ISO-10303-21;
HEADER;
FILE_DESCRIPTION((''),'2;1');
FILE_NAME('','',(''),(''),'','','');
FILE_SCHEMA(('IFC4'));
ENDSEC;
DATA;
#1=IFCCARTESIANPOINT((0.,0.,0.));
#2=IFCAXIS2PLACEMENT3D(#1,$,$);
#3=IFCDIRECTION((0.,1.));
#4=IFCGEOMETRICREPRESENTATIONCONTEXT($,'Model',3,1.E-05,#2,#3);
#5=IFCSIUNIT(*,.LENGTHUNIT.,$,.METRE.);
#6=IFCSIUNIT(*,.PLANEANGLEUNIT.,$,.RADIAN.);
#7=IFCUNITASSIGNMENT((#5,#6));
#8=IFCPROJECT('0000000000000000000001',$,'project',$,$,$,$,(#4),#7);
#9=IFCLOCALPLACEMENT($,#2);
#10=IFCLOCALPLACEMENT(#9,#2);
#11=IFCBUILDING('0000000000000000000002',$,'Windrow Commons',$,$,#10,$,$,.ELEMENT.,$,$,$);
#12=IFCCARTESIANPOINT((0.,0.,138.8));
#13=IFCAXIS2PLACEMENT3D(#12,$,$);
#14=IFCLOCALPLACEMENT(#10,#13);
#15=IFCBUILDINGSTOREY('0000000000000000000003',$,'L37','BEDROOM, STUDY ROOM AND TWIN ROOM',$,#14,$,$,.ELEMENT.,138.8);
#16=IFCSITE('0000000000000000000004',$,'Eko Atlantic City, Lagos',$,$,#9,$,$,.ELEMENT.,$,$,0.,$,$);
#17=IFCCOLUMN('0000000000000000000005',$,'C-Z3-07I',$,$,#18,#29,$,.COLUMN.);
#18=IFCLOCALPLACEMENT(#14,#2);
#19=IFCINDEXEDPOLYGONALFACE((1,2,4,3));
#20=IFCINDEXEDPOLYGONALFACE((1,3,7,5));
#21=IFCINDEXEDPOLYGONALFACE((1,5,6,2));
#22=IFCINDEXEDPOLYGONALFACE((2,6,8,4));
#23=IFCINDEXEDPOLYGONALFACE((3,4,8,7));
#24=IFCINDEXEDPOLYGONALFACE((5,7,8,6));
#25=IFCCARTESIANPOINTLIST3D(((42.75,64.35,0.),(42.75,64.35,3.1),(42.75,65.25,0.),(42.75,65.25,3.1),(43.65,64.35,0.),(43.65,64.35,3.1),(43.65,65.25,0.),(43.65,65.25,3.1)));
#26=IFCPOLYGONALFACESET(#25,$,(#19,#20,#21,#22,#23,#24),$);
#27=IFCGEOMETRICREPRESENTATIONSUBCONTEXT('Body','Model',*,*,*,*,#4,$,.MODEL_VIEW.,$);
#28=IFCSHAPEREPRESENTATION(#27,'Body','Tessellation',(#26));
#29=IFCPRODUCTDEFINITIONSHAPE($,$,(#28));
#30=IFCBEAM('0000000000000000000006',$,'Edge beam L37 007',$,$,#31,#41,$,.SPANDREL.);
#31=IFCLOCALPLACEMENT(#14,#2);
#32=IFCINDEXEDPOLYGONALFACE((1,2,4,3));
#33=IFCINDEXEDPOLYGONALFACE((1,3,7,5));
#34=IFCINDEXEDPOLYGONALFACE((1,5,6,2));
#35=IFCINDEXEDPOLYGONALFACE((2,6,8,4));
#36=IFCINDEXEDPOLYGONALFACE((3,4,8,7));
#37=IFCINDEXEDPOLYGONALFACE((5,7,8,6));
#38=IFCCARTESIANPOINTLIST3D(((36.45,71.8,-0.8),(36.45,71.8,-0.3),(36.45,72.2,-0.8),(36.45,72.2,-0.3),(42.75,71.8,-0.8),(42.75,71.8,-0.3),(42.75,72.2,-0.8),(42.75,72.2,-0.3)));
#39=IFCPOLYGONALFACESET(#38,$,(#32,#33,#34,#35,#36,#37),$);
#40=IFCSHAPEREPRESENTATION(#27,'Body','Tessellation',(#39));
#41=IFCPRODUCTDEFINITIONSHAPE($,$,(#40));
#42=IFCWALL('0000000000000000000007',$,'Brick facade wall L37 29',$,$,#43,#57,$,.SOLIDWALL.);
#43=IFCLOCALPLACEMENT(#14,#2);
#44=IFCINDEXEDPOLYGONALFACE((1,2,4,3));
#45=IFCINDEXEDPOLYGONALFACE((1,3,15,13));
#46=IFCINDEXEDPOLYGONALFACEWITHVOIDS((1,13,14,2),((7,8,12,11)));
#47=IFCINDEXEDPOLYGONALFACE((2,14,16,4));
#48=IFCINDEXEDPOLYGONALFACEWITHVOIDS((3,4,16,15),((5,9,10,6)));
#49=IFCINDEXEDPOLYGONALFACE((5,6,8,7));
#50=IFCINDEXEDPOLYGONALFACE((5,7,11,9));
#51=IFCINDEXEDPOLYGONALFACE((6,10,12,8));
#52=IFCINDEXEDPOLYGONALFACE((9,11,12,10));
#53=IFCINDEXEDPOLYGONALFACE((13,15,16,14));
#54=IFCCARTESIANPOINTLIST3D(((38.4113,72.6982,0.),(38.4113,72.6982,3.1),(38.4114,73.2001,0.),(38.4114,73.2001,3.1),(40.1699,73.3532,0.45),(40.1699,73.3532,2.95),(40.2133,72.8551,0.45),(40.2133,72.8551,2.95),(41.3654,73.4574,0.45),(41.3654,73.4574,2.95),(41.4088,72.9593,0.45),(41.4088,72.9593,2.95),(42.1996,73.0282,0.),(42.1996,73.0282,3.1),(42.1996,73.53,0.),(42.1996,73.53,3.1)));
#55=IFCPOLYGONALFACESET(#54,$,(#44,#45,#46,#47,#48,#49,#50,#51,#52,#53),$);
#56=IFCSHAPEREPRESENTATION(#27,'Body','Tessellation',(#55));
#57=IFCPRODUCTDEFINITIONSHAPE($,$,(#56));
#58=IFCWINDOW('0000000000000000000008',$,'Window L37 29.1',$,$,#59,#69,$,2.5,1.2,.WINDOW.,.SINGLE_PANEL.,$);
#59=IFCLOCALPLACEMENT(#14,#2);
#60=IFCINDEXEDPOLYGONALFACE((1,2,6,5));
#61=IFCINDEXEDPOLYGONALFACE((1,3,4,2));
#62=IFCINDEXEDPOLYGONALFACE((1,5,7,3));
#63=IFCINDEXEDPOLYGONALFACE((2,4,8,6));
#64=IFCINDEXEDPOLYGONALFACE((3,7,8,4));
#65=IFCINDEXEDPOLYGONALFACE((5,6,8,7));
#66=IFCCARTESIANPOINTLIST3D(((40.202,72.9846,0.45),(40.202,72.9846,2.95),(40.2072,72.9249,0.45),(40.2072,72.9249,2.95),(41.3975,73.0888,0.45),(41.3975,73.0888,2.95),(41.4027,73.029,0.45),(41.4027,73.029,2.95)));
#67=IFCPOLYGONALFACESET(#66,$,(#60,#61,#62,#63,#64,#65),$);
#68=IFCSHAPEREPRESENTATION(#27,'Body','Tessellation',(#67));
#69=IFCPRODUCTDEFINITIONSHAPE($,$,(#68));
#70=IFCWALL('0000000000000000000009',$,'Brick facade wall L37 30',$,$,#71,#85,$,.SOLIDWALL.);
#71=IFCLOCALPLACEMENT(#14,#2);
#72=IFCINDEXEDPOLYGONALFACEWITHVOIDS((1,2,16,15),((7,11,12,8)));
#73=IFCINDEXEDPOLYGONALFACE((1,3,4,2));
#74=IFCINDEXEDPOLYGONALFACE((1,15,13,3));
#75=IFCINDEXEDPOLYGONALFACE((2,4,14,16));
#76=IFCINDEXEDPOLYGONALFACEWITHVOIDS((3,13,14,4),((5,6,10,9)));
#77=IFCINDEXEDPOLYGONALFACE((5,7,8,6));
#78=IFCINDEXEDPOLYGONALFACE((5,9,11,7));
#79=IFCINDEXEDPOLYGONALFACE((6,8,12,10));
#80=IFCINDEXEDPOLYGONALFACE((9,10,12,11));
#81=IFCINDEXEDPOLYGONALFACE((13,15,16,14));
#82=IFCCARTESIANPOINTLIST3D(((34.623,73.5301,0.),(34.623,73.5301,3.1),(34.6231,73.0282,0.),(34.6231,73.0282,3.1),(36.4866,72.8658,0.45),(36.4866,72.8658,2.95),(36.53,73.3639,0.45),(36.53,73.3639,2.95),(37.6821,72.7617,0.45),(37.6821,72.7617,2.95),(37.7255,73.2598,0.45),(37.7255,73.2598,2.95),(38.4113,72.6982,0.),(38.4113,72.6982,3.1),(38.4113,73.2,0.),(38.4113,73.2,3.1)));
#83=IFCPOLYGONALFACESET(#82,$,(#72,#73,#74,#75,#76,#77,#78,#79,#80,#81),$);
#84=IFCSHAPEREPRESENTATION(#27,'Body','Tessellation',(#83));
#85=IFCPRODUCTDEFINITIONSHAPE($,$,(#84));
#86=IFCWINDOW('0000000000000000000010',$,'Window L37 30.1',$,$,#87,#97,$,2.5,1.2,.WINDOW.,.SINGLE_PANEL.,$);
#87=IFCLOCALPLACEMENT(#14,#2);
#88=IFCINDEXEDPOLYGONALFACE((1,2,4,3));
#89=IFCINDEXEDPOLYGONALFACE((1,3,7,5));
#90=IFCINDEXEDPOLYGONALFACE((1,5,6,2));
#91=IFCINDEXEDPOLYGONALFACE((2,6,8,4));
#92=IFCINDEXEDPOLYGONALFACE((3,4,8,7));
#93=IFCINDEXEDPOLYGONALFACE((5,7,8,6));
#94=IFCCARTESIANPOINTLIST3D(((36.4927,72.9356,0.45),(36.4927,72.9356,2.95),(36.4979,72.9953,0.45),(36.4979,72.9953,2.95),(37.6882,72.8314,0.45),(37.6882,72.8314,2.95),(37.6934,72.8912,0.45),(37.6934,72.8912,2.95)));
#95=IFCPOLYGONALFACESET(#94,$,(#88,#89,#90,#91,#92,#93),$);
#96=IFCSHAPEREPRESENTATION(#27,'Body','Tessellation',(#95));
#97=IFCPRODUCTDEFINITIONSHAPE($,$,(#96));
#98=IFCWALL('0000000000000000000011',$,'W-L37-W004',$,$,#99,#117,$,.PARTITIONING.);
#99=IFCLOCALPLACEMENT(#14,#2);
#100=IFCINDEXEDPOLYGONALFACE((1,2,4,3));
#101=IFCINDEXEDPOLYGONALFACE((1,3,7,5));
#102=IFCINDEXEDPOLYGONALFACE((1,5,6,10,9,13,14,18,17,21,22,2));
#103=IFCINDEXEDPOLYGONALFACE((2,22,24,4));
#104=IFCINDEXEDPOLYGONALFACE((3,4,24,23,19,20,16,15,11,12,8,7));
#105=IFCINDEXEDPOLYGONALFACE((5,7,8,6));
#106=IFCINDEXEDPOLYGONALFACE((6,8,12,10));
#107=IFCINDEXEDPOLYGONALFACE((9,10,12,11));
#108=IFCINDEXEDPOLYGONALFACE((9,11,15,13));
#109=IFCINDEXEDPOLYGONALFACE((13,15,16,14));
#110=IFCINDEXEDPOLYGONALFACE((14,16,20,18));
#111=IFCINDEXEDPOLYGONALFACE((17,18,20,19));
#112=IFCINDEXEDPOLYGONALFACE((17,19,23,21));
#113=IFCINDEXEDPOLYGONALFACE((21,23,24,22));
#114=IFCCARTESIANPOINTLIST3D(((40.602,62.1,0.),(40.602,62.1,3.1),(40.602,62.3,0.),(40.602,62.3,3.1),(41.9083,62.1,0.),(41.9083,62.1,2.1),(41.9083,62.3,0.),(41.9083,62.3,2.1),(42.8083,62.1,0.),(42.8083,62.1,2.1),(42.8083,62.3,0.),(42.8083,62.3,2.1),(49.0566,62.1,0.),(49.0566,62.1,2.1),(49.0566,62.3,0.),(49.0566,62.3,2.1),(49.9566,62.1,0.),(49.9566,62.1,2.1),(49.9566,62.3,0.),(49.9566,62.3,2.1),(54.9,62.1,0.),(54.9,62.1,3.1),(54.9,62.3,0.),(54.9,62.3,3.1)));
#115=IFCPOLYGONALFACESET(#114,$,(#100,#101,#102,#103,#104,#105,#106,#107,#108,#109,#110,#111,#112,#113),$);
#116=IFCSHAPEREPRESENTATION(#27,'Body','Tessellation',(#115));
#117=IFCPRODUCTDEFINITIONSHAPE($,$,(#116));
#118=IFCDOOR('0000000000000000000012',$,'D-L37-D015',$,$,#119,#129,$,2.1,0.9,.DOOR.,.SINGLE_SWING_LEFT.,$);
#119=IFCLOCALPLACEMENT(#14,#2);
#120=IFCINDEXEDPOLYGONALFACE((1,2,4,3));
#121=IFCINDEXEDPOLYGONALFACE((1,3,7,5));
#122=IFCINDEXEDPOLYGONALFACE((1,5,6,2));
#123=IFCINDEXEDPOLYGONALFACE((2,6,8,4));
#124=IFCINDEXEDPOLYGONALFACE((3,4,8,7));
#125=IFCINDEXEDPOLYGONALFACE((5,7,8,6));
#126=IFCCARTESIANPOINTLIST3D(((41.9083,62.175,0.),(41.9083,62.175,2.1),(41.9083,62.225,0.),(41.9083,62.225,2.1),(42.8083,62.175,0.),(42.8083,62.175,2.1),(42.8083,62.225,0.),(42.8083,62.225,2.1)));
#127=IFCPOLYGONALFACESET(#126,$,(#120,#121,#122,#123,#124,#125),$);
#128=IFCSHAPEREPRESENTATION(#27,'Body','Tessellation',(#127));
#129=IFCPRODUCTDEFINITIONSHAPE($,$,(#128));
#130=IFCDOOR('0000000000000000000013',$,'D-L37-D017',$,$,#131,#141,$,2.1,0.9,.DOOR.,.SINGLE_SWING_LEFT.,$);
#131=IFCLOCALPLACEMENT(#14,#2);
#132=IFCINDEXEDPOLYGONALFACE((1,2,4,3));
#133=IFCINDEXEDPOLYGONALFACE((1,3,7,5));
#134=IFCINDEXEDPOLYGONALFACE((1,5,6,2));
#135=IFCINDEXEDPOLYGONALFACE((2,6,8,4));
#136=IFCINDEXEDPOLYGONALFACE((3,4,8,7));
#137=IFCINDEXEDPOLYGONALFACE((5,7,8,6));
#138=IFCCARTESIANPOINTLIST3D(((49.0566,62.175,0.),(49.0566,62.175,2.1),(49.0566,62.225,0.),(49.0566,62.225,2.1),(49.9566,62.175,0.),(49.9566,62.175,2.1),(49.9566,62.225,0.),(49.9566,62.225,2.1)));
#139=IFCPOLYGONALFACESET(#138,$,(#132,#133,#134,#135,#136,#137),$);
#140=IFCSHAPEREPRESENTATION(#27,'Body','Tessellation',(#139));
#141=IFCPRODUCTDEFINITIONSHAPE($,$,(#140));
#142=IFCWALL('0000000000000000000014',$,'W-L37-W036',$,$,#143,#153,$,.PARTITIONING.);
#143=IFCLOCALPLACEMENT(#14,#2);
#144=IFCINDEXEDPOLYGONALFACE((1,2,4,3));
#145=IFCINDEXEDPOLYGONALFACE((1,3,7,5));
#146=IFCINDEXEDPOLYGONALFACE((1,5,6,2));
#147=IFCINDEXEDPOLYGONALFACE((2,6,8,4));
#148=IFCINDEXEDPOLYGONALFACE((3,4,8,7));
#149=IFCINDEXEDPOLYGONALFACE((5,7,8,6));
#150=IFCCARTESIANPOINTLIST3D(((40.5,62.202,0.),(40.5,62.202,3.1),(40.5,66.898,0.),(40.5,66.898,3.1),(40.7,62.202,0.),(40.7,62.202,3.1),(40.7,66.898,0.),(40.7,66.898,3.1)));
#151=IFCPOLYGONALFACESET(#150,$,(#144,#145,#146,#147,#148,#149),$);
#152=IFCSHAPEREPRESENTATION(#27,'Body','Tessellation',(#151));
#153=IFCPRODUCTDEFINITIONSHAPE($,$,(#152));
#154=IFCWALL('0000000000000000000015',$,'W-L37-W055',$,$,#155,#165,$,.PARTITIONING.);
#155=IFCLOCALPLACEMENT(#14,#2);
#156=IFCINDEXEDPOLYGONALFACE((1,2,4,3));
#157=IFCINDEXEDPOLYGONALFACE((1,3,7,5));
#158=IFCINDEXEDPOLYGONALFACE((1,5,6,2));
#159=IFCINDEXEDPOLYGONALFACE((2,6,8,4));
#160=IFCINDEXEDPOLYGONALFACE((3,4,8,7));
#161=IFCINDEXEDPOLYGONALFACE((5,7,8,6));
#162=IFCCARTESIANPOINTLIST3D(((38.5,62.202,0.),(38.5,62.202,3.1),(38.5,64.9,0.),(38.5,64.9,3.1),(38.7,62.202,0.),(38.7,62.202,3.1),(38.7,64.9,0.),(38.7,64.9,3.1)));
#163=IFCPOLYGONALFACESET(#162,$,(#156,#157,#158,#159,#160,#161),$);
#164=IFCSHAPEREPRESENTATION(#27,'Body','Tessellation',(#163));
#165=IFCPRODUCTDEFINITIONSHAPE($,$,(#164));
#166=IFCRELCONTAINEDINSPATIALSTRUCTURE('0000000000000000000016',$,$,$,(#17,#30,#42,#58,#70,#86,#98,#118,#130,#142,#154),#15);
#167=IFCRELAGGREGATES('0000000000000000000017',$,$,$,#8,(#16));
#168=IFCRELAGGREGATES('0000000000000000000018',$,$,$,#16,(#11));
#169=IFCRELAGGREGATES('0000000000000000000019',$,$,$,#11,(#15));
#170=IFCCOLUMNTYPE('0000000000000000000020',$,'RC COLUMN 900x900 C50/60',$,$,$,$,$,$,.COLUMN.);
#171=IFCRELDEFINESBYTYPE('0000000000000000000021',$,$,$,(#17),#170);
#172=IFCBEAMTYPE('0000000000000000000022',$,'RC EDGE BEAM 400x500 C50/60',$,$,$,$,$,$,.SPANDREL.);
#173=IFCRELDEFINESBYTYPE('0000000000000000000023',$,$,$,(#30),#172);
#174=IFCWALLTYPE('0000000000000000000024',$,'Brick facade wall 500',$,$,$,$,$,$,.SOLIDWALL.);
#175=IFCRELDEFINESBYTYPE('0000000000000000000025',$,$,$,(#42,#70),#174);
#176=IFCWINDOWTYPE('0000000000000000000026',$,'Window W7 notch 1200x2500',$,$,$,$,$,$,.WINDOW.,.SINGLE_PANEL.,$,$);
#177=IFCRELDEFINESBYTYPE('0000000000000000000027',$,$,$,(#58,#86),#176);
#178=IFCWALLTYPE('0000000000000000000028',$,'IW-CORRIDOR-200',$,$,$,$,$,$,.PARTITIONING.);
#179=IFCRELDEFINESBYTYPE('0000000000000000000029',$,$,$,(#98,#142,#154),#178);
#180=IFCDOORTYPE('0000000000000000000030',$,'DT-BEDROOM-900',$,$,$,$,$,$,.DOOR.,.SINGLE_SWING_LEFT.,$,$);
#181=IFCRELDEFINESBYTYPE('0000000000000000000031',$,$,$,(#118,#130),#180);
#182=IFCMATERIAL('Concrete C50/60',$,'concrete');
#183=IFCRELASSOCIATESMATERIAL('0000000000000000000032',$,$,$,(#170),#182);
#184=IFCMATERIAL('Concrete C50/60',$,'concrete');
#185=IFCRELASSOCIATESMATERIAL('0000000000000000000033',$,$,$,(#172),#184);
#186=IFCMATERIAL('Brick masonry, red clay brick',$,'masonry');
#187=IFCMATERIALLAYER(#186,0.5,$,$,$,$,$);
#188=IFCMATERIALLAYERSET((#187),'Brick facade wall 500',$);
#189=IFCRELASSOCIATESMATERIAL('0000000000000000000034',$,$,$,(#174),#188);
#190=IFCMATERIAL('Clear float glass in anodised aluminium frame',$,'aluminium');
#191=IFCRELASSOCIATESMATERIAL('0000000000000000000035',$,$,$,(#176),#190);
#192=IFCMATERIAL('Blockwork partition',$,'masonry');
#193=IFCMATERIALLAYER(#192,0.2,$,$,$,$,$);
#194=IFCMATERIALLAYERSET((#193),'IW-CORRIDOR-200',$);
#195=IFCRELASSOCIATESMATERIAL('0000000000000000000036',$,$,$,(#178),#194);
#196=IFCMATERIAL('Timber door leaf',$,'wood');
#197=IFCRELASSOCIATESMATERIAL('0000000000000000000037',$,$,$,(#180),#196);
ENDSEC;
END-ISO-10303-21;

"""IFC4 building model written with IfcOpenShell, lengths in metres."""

from ifc_helpers import new_model, si_unit, direction, frame, frame_2d, origin, origin_2d, place, context, subcontext, project, spatial, polyline, rectangle, outline, extrude, material, layer, layer_set, material_profile, profile_set, type_object, element, fill, save


model = new_model("IFC4")

# Units and contexts
model_context = context("Model", 3, precision=1e-05, world=origin(), true_north=direction((0.0, 1.0)))
body_context = subcontext(model_context, "Body", "Model", "MODEL_VIEW")
ifc_project = project(units=[si_unit("LENGTHUNIT", "METRE"), si_unit("PLANEANGLEUNIT", "RADIAN")], contexts=[model_context])

# Site, building, storey
site_placement = place(None, origin())
site = spatial("IfcSite", under=ifc_project, at=site_placement, Name="Eko Atlantic City, Lagos", CompositionType="ELEMENT", RefElevation=0.0)
building_placement = place(site_placement, origin())
building = spatial("IfcBuilding", under=site, at=building_placement, Name="Windrow Commons", CompositionType="ELEMENT")
storey_placement = place(building_placement, frame((0.0, 0.0, 138.8)))
storey = spatial("IfcBuildingStorey", under=building, at=storey_placement, Name="L37", Description="BEDROOM, STUDY ROOM AND TWIN ROOM", CompositionType="ELEMENT", Elevation=138.8)

# Column
ifc_material_1 = material(Name="Concrete C50/60", Category="concrete")
ifc_material_profile_1 = material_profile(ifc_material_1, rectangle(XDim=0.9, YDim=0.9, at=origin_2d()))
ifc_profile_set_1 = profile_set([ifc_material_profile_1], Name="Concrete C50/60")
column_type = type_object("IfcColumnType", Name="RC COLUMN 900x900 C50/60", PredefinedType="COLUMN", material=ifc_profile_set_1)
column_placement = place(storey_placement, frame((43.2, 64.8, 0.0), z_axis=(0.0, 0.0, 1.0), x_axis=(1.0, 0.0, 0.0)))
element("IfcColumn", 1, at=column_placement, inside=storey, type_object=column_type, Name="C-Z3-07I", PredefinedType="COLUMN", context=body_context, shape_type="SweptSolid", body=[
    extrude(rectangle(XDim=0.9, YDim=0.9, at=origin_2d()), origin(), (0.0, 0.0, 1.0), 3.1),
])

# Beam
ifc_material_2 = material(Name="Concrete C50/60", Category="concrete")
ifc_material_profile_2 = material_profile(ifc_material_2, rectangle(XDim=0.4, YDim=0.5, at=origin_2d()))
ifc_profile_set_2 = profile_set([ifc_material_profile_2], Name="Concrete C50/60")
beam_type = type_object("IfcBeamType", Name="RC EDGE BEAM 400x500 C50/60", PredefinedType="SPANDREL", material=ifc_profile_set_2)
beam_placement = place(storey_placement, frame((36.45, 72.0, -0.55), z_axis=(1.0, 0.0, 0.0), x_axis=(0.0, 1.0, 0.0)))
element("IfcBeam", 2, at=beam_placement, inside=storey, type_object=beam_type, Name="Edge beam L37 007", PredefinedType="SPANDREL", context=body_context, shape_type="SweptSolid", body=[
    extrude(rectangle(XDim=0.4, YDim=0.5, at=origin_2d()), origin(), (0.0, 0.0, 1.0), 6.3),
])

# Walls, openings, windows
ifc_material_3 = material(Name="Brick masonry, red clay brick", Category="masonry")
ifc_layer_1 = layer(ifc_material_3, 0.5)
ifc_layer_set_1 = layer_set([ifc_layer_1], Name="Brick facade wall 500")
wall_type_1 = type_object("IfcWallType", Name="Brick facade wall 500", PredefinedType="SOLIDWALL", material=ifc_layer_set_1)
wall_1_placement = place(storey_placement, frame((42.1996, 73.2791, 0.0), z_axis=(0.0, 0.0, 1.0), x_axis=(-0.996227, -0.086782, 0.0)))
wall_1 = element("IfcWall", 3, at=wall_1_placement, inside=storey, type_object=wall_type_1, Name="Brick facade wall L37 29", PredefinedType="SOLIDWALL", context=body_context, shape_type="SweptSolid", body=[
    extrude(outline(polyline([(-0.0218, -0.25), (3.7808, -0.25), (3.8244, 0.25), (0.0218, 0.25), (-0.0218, -0.25)])), origin(), (0.0, 0.0, 1.0), 3.1),
])
opening_1_placement = place(wall_1_placement, frame((0.8156, 0.0, 0.45)))
opening_1 = element("IfcOpeningElement", 4, at=opening_1_placement, cuts=wall_1, PredefinedType="OPENING", context=body_context, shape_type="SweptSolid", body=[
    extrude(rectangle(XDim=1.2, YDim=2.5, at=frame_2d((0.6, 1.25))), frame((0.0, 0.26, 0.0), z_axis=(0.0, -1.0, 0.0), x_axis=(1.0, 0.0, 0.0)), (0.0, 0.0, 1.0), 0.52),
])
ifc_material_4 = material(Name="Clear float glass in anodised aluminium frame", Category="aluminium")
window_type = type_object("IfcWindowType", Name="Window W7 notch 1200x2500", PartitioningType="SINGLE_PANEL", PredefinedType="WINDOW", material=ifc_material_4)
window_1_placement = place(opening_1_placement, origin())
window_1 = element("IfcWindow", 5, at=window_1_placement, inside=storey, type_object=window_type, Name="Window L37 29.1", OverallHeight=2.5, OverallWidth=1.2, PartitioningType="SINGLE_PANEL", PredefinedType="WINDOW", context=body_context, shape_type="SweptSolid", body=[
    extrude(rectangle(XDim=1.2, YDim=2.5, at=frame_2d((0.6, 1.25))), frame((0.0, 0.18, 0.0), z_axis=(0.0, -1.0, 0.0), x_axis=(1.0, 0.0, 0.0)), (0.0, 0.0, 1.0), 0.06),
])
fill(opening_1, window_1)
wall_2_placement = place(storey_placement, frame((38.4113, 72.9491, 0.0), z_axis=(0.0, 0.0, 1.0), x_axis=(-0.996227, 0.086784, 0.0)))
wall_2 = element("IfcWall", 6, at=wall_2_placement, inside=storey, type_object=wall_type_1, Name="Brick facade wall L37 30", PredefinedType="SOLIDWALL", context=body_context, shape_type="SweptSolid", body=[
    extrude(outline(polyline([(0.0218, -0.25), (3.8244, -0.25), (3.7808, 0.25), (-0.0218, 0.25), (0.0218, -0.25)])), origin(), (0.0, 0.0, 1.0), 3.1),
])
opening_2_placement = place(wall_2_placement, frame((0.7102, 0.0, 0.45)))
opening_2 = element("IfcOpeningElement", 7, at=opening_2_placement, cuts=wall_2, PredefinedType="OPENING", context=body_context, shape_type="SweptSolid", body=[
    extrude(rectangle(XDim=1.2, YDim=2.5, at=frame_2d((0.6, 1.25))), frame((0.0, 0.26, 0.0), z_axis=(0.0, -1.0, 0.0), x_axis=(1.0, 0.0, 0.0)), (0.0, 0.0, 1.0), 0.52),
])
window_2_placement = place(opening_2_placement, origin())
window_2 = element("IfcWindow", 8, at=window_2_placement, inside=storey, type_object=window_type, Name="Window L37 30.1", OverallHeight=2.5, OverallWidth=1.2, PartitioningType="SINGLE_PANEL", PredefinedType="WINDOW", context=body_context, shape_type="SweptSolid", body=[
    extrude(rectangle(XDim=1.2, YDim=2.5, at=frame_2d((0.6, 1.25))), frame((0.0, 0.18, 0.0), z_axis=(0.0, -1.0, 0.0), x_axis=(1.0, 0.0, 0.0)), (0.0, 0.0, 1.0), 0.06),
])
fill(opening_2, window_2)

# Wall, openings, doors
ifc_material_5 = material(Name="Blockwork partition", Category="masonry")
ifc_layer_2 = layer(ifc_material_5, 0.2)
ifc_layer_set_2 = layer_set([ifc_layer_2], Name="IW-CORRIDOR-200")
wall_type_2 = type_object("IfcWallType", Name="IW-CORRIDOR-200", PredefinedType="PARTITIONING", material=ifc_layer_set_2)
wall_3_placement = place(storey_placement, frame((40.602, 62.2, 0.0), z_axis=(0.0, 0.0, 1.0), x_axis=(1.0, 0.0, 0.0)))
wall_3 = element("IfcWall", 9, at=wall_3_placement, inside=storey, type_object=wall_type_2, Name="W-L37-W004", PredefinedType="PARTITIONING", context=body_context, shape_type="SweptSolid", body=[
    extrude(rectangle(XDim=14.298, YDim=0.2, at=frame_2d((7.149, 0.0))), origin(), (0.0, 0.0, 1.0), 3.1),
])
opening_3_placement = place(wall_3_placement, frame((1.3063, 0.0, 0.0)))
opening_3 = element("IfcOpeningElement", 10, at=opening_3_placement, cuts=wall_3, PredefinedType="OPENING", context=body_context, shape_type="SweptSolid", body=[
    extrude(rectangle(XDim=0.9, YDim=2.1, at=frame_2d((0.45, 1.05))), frame((0.0, 0.11, 0.0), z_axis=(0.0, -1.0, 0.0), x_axis=(1.0, 0.0, 0.0)), (0.0, 0.0, 1.0), 0.22),
])
opening_4_placement = place(wall_3_placement, frame((8.4546, 0.0, 0.0)))
opening_4 = element("IfcOpeningElement", 11, at=opening_4_placement, cuts=wall_3, PredefinedType="OPENING", context=body_context, shape_type="SweptSolid", body=[
    extrude(rectangle(XDim=0.9, YDim=2.1, at=frame_2d((0.45, 1.05))), frame((0.0, 0.11, 0.0), z_axis=(0.0, -1.0, 0.0), x_axis=(1.0, 0.0, 0.0)), (0.0, 0.0, 1.0), 0.22),
])
ifc_material_6 = material(Name="Timber door leaf", Category="wood")
door_type_1 = type_object("IfcDoorType", Name="DT-BEDROOM-900", OperationType="SINGLE_SWING_LEFT", PredefinedType="DOOR", material=ifc_material_6)
door_1_placement = place(opening_3_placement, origin())
door_1 = element("IfcDoor", 12, at=door_1_placement, inside=storey, type_object=door_type_1, Name="D-L37-D015", OperationType="SINGLE_SWING_LEFT", OverallHeight=2.1, OverallWidth=0.9, PredefinedType="DOOR", context=body_context, shape_type="SweptSolid", body=[
    extrude(rectangle(XDim=0.9, YDim=2.1, at=frame_2d((0.45, 1.05))), frame((0.0, 0.025, 0.0), z_axis=(0.0, -1.0, 0.0), x_axis=(1.0, 0.0, 0.0)), (0.0, 0.0, 1.0), 0.05),
])
fill(opening_3, door_1)
door_2_placement = place(opening_4_placement, origin())
door_2 = element("IfcDoor", 13, at=door_2_placement, inside=storey, type_object=door_type_1, Name="D-L37-D017", OperationType="SINGLE_SWING_LEFT", OverallHeight=2.1, OverallWidth=0.9, PredefinedType="DOOR", context=body_context, shape_type="SweptSolid", body=[
    extrude(rectangle(XDim=0.9, YDim=2.1, at=frame_2d((0.45, 1.05))), frame((0.0, 0.025, 0.0), z_axis=(0.0, -1.0, 0.0), x_axis=(1.0, 0.0, 0.0)), (0.0, 0.0, 1.0), 0.05),
])
fill(opening_4, door_2)

# Walls
wall_4_placement = place(storey_placement, frame((40.6, 62.202, 0.0), z_axis=(0.0, 0.0, 1.0), x_axis=(0.0, 1.0, 0.0)))
element("IfcWall", 14, at=wall_4_placement, inside=storey, type_object=wall_type_2, Name="W-L37-W036", PredefinedType="PARTITIONING", context=body_context, shape_type="SweptSolid", body=[
    extrude(rectangle(XDim=4.696, YDim=0.2, at=frame_2d((2.348, 0.0))), origin(), (0.0, 0.0, 1.0), 3.1),
])
wall_5_placement = place(storey_placement, frame((38.6, 62.202, 0.0), z_axis=(0.0, 0.0, 1.0), x_axis=(0.0, 1.0, 0.0)))
element("IfcWall", 15, at=wall_5_placement, inside=storey, type_object=wall_type_2, Name="W-L37-W055", PredefinedType="PARTITIONING", context=body_context, shape_type="SweptSolid", body=[
    extrude(rectangle(XDim=2.698, YDim=0.2, at=frame_2d((1.349, 0.0))), origin(), (0.0, 0.0, 1.0), 3.1),
])

save(model, "model.ifc")
